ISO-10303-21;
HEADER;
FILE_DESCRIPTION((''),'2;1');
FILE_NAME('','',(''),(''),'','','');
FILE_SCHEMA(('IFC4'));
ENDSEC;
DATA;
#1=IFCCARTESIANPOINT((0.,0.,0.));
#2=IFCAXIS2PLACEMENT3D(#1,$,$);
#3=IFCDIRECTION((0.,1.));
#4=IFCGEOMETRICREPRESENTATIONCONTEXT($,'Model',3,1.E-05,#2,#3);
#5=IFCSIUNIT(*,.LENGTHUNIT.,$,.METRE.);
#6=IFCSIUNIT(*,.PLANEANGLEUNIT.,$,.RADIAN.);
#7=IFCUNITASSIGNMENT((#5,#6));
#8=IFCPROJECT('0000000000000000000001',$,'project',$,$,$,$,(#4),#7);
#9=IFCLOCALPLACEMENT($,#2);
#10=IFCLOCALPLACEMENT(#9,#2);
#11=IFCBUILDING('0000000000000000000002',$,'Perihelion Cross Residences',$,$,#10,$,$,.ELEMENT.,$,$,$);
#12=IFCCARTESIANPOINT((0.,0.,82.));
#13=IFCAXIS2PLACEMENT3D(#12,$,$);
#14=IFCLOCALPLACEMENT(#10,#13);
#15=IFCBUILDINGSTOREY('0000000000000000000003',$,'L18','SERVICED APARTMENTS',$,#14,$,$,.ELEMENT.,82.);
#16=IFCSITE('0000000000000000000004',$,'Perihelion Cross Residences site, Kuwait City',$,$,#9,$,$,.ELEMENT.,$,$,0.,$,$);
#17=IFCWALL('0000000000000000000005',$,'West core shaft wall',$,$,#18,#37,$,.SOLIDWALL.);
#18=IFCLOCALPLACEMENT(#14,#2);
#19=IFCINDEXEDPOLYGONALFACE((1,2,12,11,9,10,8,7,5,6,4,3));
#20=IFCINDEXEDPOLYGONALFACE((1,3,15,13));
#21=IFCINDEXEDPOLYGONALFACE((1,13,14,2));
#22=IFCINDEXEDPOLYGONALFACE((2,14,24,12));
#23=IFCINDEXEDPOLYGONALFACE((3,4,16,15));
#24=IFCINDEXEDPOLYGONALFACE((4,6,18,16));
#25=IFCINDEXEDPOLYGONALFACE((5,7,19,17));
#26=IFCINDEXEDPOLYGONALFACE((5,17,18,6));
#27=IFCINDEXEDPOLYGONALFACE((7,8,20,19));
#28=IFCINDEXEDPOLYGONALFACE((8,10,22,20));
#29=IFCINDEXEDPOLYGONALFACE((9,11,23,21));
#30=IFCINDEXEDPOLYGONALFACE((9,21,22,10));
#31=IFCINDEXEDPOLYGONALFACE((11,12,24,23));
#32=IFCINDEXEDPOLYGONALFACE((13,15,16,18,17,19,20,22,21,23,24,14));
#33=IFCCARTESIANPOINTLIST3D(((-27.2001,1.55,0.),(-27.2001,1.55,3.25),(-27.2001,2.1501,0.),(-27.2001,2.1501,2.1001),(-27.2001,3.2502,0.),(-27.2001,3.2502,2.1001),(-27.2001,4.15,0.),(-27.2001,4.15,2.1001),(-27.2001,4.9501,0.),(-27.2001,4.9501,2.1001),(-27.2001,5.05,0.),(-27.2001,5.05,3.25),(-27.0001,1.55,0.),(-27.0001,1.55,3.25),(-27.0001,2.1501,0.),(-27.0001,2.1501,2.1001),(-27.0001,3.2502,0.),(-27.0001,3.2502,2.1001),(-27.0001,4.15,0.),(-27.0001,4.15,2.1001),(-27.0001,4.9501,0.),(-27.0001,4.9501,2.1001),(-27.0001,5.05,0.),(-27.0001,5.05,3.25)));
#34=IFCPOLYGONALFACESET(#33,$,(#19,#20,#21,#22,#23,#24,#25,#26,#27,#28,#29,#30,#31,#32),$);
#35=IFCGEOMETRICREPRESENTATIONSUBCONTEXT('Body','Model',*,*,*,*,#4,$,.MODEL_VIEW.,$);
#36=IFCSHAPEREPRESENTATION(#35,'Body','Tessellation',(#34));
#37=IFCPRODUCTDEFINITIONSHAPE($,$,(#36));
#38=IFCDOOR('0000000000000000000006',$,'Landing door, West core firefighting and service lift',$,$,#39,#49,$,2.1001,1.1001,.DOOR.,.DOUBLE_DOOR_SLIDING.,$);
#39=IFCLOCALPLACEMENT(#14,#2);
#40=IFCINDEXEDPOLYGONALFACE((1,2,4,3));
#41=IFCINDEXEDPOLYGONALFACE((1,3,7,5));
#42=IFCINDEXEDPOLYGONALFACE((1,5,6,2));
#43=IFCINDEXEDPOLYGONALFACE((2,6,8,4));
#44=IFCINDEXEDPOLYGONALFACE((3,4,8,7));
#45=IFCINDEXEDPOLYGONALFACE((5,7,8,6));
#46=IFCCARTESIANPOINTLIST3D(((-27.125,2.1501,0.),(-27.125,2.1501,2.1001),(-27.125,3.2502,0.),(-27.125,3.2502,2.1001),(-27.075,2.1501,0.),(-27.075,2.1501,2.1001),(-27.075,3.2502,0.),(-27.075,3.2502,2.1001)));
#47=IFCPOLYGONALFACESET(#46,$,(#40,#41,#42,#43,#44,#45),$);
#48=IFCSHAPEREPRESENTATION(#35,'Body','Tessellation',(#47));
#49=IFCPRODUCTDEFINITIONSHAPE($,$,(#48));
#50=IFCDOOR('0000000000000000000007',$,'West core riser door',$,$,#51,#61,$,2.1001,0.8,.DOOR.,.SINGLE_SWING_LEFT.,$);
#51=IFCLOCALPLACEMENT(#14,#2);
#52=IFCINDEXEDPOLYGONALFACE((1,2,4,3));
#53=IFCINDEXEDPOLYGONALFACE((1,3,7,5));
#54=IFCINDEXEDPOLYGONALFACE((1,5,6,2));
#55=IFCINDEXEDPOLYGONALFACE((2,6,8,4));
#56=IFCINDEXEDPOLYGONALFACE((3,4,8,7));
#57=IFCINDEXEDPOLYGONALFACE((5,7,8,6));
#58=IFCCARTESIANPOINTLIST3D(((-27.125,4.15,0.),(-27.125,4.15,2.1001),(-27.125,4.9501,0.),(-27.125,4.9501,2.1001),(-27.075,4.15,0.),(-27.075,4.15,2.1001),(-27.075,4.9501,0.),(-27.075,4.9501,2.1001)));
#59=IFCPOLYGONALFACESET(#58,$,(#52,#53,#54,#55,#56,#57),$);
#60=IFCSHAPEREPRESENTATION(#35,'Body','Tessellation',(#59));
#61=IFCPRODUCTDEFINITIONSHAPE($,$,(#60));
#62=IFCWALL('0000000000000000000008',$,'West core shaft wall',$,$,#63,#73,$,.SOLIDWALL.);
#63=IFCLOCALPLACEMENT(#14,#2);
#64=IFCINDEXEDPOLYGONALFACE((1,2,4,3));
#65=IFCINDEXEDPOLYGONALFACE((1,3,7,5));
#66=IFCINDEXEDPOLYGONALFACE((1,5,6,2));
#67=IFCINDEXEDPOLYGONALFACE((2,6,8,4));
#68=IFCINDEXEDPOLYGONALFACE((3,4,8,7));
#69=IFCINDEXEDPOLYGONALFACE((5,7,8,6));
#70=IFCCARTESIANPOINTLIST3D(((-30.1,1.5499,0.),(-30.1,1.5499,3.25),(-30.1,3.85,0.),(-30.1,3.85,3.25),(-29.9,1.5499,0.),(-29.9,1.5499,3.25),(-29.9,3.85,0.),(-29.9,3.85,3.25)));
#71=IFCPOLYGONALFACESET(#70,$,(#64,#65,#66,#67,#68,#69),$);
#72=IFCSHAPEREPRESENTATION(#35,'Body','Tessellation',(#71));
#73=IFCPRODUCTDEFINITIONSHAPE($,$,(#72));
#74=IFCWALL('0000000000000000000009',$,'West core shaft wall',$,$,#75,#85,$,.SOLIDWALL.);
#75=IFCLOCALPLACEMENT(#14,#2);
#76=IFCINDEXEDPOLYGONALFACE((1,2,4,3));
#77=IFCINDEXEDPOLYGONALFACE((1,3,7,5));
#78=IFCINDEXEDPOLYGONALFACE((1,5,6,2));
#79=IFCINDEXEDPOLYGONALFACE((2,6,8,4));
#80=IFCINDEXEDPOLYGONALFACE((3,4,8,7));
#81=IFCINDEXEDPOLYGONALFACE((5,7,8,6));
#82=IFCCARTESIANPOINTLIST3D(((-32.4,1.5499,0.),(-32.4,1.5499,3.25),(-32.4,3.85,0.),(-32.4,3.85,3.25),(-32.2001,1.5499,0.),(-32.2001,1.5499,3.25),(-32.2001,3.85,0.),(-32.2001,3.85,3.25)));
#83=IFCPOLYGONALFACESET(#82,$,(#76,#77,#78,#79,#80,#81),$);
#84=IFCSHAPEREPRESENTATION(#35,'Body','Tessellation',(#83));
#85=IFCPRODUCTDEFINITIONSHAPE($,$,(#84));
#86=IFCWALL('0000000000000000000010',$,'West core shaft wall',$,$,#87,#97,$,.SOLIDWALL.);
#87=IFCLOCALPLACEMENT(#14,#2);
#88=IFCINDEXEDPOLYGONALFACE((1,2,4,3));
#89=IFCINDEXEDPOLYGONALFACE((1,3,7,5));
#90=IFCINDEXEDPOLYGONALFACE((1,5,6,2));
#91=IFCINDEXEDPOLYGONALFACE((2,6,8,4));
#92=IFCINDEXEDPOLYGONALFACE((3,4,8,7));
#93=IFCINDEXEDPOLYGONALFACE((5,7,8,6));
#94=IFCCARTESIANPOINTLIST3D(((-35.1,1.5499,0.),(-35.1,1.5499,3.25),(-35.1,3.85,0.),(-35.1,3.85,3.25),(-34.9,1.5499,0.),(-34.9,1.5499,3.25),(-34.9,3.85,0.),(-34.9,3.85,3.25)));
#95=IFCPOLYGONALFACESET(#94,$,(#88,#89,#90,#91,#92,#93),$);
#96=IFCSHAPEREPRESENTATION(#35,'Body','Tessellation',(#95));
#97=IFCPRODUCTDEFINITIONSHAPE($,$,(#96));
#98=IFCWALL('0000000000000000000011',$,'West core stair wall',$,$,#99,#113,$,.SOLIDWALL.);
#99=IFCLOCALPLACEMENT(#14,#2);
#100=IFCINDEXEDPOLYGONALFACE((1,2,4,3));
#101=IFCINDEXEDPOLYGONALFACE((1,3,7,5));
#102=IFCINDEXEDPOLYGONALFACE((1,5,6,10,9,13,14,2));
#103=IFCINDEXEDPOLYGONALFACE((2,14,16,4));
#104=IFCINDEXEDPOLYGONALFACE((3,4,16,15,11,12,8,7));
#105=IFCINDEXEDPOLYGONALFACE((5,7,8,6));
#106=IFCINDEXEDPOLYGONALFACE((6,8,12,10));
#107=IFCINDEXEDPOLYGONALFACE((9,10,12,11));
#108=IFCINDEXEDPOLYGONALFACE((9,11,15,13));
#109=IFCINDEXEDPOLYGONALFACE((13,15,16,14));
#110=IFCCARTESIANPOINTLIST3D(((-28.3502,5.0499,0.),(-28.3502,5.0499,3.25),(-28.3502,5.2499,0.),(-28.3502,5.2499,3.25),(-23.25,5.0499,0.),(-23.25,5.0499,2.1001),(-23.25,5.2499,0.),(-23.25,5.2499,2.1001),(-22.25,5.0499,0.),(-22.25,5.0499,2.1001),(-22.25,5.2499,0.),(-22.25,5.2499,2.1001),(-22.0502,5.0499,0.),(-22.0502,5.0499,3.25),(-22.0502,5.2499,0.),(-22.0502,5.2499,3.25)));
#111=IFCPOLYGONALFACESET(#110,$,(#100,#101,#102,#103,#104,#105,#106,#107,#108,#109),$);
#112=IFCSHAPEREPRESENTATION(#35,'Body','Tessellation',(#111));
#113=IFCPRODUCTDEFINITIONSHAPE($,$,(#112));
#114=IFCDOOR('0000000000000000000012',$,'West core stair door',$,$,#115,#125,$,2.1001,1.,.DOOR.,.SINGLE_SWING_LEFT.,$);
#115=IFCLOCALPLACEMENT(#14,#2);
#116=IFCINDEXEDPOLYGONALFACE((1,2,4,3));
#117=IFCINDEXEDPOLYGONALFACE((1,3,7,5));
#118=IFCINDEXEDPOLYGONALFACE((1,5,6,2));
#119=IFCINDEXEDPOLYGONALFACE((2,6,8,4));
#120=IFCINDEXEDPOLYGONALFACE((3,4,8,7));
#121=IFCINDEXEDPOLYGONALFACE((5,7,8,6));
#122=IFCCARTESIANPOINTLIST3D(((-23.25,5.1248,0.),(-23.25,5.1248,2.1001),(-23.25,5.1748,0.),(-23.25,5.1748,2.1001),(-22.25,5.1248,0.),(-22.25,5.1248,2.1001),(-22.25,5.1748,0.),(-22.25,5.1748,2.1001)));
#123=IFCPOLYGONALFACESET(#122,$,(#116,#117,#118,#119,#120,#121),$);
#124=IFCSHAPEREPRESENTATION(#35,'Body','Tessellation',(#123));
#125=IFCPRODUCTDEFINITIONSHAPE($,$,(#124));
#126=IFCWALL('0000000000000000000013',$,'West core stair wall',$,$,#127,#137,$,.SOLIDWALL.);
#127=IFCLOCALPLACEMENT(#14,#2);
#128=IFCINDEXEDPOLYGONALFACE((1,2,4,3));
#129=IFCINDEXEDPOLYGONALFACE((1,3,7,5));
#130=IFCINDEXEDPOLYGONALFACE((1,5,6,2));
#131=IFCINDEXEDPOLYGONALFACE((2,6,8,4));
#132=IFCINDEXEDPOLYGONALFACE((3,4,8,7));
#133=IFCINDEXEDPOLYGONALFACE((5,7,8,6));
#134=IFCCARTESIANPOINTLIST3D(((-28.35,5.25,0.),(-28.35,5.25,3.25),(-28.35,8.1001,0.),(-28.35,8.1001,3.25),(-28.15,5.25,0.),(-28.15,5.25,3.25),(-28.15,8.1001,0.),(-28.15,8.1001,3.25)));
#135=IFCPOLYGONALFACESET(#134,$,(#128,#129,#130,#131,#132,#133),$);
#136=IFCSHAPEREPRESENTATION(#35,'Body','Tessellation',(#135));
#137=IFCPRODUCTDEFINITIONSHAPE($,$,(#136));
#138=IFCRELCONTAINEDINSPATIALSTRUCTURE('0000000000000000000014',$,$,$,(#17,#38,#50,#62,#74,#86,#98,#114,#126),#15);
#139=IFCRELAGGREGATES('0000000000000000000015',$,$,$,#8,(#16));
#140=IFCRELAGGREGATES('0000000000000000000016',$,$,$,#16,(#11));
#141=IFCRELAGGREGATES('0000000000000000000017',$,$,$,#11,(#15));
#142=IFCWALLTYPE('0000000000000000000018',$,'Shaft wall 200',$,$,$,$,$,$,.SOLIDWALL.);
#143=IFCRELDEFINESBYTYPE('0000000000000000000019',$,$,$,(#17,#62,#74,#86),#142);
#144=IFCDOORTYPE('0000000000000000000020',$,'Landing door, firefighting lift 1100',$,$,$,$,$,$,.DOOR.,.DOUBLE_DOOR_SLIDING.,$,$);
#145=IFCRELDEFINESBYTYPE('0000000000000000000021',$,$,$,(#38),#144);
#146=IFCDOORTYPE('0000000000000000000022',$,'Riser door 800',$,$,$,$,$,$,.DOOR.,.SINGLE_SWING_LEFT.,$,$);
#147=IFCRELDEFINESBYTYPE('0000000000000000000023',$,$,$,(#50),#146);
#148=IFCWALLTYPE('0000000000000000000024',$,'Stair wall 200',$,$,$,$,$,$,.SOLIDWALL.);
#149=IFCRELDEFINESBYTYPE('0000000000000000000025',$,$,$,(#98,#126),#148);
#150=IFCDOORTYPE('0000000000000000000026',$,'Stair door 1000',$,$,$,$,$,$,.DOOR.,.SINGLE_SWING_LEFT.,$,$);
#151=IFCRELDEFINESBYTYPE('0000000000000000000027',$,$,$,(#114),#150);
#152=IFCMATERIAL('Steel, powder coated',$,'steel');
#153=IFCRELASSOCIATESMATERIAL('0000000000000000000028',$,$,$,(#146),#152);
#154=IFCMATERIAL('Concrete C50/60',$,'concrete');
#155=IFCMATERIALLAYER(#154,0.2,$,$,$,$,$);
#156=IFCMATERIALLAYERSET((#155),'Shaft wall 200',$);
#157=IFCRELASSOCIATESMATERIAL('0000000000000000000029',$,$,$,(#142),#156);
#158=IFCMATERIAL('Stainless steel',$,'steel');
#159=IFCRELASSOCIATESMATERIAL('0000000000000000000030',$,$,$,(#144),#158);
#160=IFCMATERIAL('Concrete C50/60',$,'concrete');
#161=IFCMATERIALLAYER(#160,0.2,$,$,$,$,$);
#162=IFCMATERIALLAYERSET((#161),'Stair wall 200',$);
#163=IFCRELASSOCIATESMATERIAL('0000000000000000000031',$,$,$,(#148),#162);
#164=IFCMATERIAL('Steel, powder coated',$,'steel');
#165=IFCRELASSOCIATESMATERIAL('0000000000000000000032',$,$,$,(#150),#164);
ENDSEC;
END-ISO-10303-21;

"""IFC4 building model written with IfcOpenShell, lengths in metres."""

from ifc_helpers import new_model, si_unit, direction, frame, frame_2d, origin, place, context, subcontext, project, spatial, rectangle, extrude, material, layer, layer_set, type_object, element, fill, save


model = new_model("IFC4")

# Units and contexts
model_context = context("Model", 3, precision=1e-05, world=origin(), true_north=direction((0.0, 1.0)))
body_context = subcontext(model_context, "Body", "Model", "MODEL_VIEW")
ifc_project = project(units=[si_unit("LENGTHUNIT", "METRE"), si_unit("PLANEANGLEUNIT", "RADIAN")], contexts=[model_context])

# Site, building, storey
site_placement = place(None, origin())
site = spatial("IfcSite", under=ifc_project, at=site_placement, Name="Perihelion Cross Residences site, Kuwait City", CompositionType="ELEMENT", RefElevation=0.0)
building_placement = place(site_placement, origin())
building = spatial("IfcBuilding", under=site, at=building_placement, Name="Perihelion Cross Residences", CompositionType="ELEMENT")
storey_placement = place(building_placement, frame((0.0, 0.0, 82.0)))
storey = spatial("IfcBuildingStorey", under=building, at=storey_placement, Name="L18", Description="SERVICED APARTMENTS", CompositionType="ELEMENT", Elevation=82.0)

# Shared definitions
ifc_material_1 = material(Name="Steel, powder coated", Category="steel")
door_type_1 = type_object("IfcDoorType", Name="Riser door 800", OperationType="SINGLE_SWING_LEFT", PredefinedType="DOOR", material=ifc_material_1)

# Shared definitions
ifc_material_2 = material(Name="Concrete C50/60", Category="concrete")
ifc_layer_1 = layer(ifc_material_2, 0.2)
ifc_layer_set_1 = layer_set([ifc_layer_1], Name="Shaft wall 200")
wall_type_1 = type_object("IfcWallType", Name="Shaft wall 200", PredefinedType="SOLIDWALL", material=ifc_layer_set_1)

# Wall, openings, doors
wall_1_placement = place(storey_placement, frame((-27.1001, 1.55, 0.0), z_axis=(0.0, 0.0, 1.0), x_axis=(0.0, 1.0, 0.0)))
wall_1 = element("IfcWall", 1, at=wall_1_placement, inside=storey, type_object=wall_type_1, Name="West core shaft wall", PredefinedType="SOLIDWALL", context=body_context, shape_type="SweptSolid", body=[
    extrude(rectangle(XDim=3.5, YDim=0.2, at=frame_2d((1.75, 0.0))), origin(), (0.0, 0.0, 1.0), 3.25),
])
opening_1_placement = place(wall_1_placement, frame((0.6001, 0.0, 0.0)))
opening_1 = element("IfcOpeningElement", 2, at=opening_1_placement, cuts=wall_1, PredefinedType="OPENING", context=body_context, shape_type="SweptSolid", body=[
    extrude(rectangle(XDim=1.1001, YDim=2.1001, at=frame_2d((0.55, 1.05))), frame((0.0, 0.1099, 0.0), z_axis=(0.0, -1.0, 0.0), x_axis=(1.0, 0.0, 0.0)), (0.0, 0.0, 1.0), 0.22),
])
opening_2_placement = place(wall_1_placement, frame((2.6001, 0.0, 0.0)))
opening_2 = element("IfcOpeningElement", 3, at=opening_2_placement, cuts=wall_1, PredefinedType="OPENING", context=body_context, shape_type="SweptSolid", body=[
    extrude(rectangle(XDim=0.8, YDim=2.1001, at=frame_2d((0.3999, 1.05))), frame((0.0, 0.1099, 0.0), z_axis=(0.0, -1.0, 0.0), x_axis=(1.0, 0.0, 0.0)), (0.0, 0.0, 1.0), 0.22),
])
ifc_material_3 = material(Name="Stainless steel", Category="steel")
door_type_2 = type_object("IfcDoorType", Name="Landing door, firefighting lift 1100", OperationType="DOUBLE_DOOR_SLIDING", PredefinedType="DOOR", material=ifc_material_3)
door_1_placement = place(opening_1_placement, origin())
door_1 = element("IfcDoor", 4, at=door_1_placement, inside=storey, type_object=door_type_2, Name="Landing door, West core firefighting and service lift", OperationType="DOUBLE_DOOR_SLIDING", OverallHeight=2.1001, OverallWidth=1.1001, PredefinedType="DOOR", context=body_context, shape_type="SweptSolid", body=[
    extrude(rectangle(XDim=1.1001, YDim=2.1001, at=frame_2d((0.55, 1.05))), frame((0.0, 0.0249, 0.0), z_axis=(0.0, -1.0, 0.0), x_axis=(1.0, 0.0, 0.0)), (0.0, 0.0, 1.0), 0.05),
])
fill(opening_1, door_1)
door_2_placement = place(opening_2_placement, origin())
door_2 = element("IfcDoor", 5, at=door_2_placement, inside=storey, type_object=door_type_1, Name="West core riser door", OperationType="SINGLE_SWING_LEFT", OverallHeight=2.1001, OverallWidth=0.8, PredefinedType="DOOR", context=body_context, shape_type="SweptSolid", body=[
    extrude(rectangle(XDim=0.8, YDim=2.1001, at=frame_2d((0.3999, 1.05))), frame((0.0, 0.0249, 0.0), z_axis=(0.0, -1.0, 0.0), x_axis=(1.0, 0.0, 0.0)), (0.0, 0.0, 1.0), 0.05),
])
fill(opening_2, door_2)

# Walls
for number, where, z_axis, x_axis, name in (
    (6, (-30.0, 1.55, 0.0), (0.0, 0.0, 1.0), (0.0, 1.0, 0.0), "West core shaft wall"),
    (7, (-32.3, 1.55, 0.0), (0.0, 0.0, 1.0), (0.0, 1.0, 0.0), "West core shaft wall"),
    (8, (-35.0, 1.55, 0.0), (0.0, 0.0, 1.0), (0.0, 1.0, 0.0), "West core shaft wall"),
):
    element("IfcWall", number, at=place(storey_placement, frame(where, z_axis=z_axis, x_axis=x_axis)), inside=storey, type_object=wall_type_1, Name=name, PredefinedType="SOLIDWALL", context=body_context, shape_type="SweptSolid", body=[
        extrude(rectangle(XDim=2.3, YDim=0.2, at=frame_2d((1.1499, 0.0))), origin(), (0.0, 0.0, 1.0), 3.25),
    ])

# Wall, opening, door
ifc_material_4 = material(Name="Concrete C50/60", Category="concrete")
ifc_layer_2 = layer(ifc_material_4, 0.2)
ifc_layer_set_2 = layer_set([ifc_layer_2], Name="Stair wall 200")
wall_type_2 = type_object("IfcWallType", Name="Stair wall 200", PredefinedType="SOLIDWALL", material=ifc_layer_set_2)
wall_2_placement = place(storey_placement, frame((-28.3501, 5.1499, 0.0), z_axis=(0.0, 0.0, 1.0), x_axis=(1.0, 0.0, 0.0)))
wall_2 = element("IfcWall", 9, at=wall_2_placement, inside=storey, type_object=wall_type_2, Name="West core stair wall", PredefinedType="SOLIDWALL", context=body_context, shape_type="SweptSolid", body=[
    extrude(rectangle(XDim=6.3, YDim=0.2, at=frame_2d((3.1499, 0.0))), origin(), (0.0, 0.0, 1.0), 3.25),
])
opening_3_placement = place(wall_2_placement, frame((5.1001, 0.0, 0.0)))
opening_3 = element("IfcOpeningElement", 10, at=opening_3_placement, cuts=wall_2, PredefinedType="OPENING", context=body_context, shape_type="SweptSolid", body=[
    extrude(rectangle(XDim=1.0, YDim=2.1001, at=frame_2d((0.5, 1.05))), frame((0.0, 0.1099, 0.0), z_axis=(0.0, -1.0, 0.0), x_axis=(1.0, 0.0, 0.0)), (0.0, 0.0, 1.0), 0.22),
])
ifc_material_5 = material(Name="Steel, powder coated", Category="steel")
door_type_3 = type_object("IfcDoorType", Name="Stair door 1000", OperationType="SINGLE_SWING_LEFT", PredefinedType="DOOR", material=ifc_material_5)
door_3_placement = place(opening_3_placement, origin())
door_3 = element("IfcDoor", 11, at=door_3_placement, inside=storey, type_object=door_type_3, Name="West core stair door", OperationType="SINGLE_SWING_LEFT", OverallHeight=2.1001, OverallWidth=1.0, PredefinedType="DOOR", context=body_context, shape_type="SweptSolid", body=[
    extrude(rectangle(XDim=1.0, YDim=2.1001, at=frame_2d((0.5, 1.05))), frame((0.0, 0.0249, 0.0), z_axis=(0.0, -1.0, 0.0), x_axis=(1.0, 0.0, 0.0)), (0.0, 0.0, 1.0), 0.05),
])
fill(opening_3, door_3)

# Wall
wall_3_placement = place(storey_placement, frame((-28.25, 5.25, 0.0), z_axis=(0.0, 0.0, 1.0), x_axis=(0.0, 1.0, 0.0)))
element("IfcWall", 12, at=wall_3_placement, inside=storey, type_object=wall_type_2, Name="West core stair wall", PredefinedType="SOLIDWALL", context=body_context, shape_type="SweptSolid", body=[
    extrude(rectangle(XDim=2.8501, YDim=0.2, at=frame_2d((1.425, 0.0))), origin(), (0.0, 0.0, 1.0), 3.25),
])

save(model, "model.ifc")
